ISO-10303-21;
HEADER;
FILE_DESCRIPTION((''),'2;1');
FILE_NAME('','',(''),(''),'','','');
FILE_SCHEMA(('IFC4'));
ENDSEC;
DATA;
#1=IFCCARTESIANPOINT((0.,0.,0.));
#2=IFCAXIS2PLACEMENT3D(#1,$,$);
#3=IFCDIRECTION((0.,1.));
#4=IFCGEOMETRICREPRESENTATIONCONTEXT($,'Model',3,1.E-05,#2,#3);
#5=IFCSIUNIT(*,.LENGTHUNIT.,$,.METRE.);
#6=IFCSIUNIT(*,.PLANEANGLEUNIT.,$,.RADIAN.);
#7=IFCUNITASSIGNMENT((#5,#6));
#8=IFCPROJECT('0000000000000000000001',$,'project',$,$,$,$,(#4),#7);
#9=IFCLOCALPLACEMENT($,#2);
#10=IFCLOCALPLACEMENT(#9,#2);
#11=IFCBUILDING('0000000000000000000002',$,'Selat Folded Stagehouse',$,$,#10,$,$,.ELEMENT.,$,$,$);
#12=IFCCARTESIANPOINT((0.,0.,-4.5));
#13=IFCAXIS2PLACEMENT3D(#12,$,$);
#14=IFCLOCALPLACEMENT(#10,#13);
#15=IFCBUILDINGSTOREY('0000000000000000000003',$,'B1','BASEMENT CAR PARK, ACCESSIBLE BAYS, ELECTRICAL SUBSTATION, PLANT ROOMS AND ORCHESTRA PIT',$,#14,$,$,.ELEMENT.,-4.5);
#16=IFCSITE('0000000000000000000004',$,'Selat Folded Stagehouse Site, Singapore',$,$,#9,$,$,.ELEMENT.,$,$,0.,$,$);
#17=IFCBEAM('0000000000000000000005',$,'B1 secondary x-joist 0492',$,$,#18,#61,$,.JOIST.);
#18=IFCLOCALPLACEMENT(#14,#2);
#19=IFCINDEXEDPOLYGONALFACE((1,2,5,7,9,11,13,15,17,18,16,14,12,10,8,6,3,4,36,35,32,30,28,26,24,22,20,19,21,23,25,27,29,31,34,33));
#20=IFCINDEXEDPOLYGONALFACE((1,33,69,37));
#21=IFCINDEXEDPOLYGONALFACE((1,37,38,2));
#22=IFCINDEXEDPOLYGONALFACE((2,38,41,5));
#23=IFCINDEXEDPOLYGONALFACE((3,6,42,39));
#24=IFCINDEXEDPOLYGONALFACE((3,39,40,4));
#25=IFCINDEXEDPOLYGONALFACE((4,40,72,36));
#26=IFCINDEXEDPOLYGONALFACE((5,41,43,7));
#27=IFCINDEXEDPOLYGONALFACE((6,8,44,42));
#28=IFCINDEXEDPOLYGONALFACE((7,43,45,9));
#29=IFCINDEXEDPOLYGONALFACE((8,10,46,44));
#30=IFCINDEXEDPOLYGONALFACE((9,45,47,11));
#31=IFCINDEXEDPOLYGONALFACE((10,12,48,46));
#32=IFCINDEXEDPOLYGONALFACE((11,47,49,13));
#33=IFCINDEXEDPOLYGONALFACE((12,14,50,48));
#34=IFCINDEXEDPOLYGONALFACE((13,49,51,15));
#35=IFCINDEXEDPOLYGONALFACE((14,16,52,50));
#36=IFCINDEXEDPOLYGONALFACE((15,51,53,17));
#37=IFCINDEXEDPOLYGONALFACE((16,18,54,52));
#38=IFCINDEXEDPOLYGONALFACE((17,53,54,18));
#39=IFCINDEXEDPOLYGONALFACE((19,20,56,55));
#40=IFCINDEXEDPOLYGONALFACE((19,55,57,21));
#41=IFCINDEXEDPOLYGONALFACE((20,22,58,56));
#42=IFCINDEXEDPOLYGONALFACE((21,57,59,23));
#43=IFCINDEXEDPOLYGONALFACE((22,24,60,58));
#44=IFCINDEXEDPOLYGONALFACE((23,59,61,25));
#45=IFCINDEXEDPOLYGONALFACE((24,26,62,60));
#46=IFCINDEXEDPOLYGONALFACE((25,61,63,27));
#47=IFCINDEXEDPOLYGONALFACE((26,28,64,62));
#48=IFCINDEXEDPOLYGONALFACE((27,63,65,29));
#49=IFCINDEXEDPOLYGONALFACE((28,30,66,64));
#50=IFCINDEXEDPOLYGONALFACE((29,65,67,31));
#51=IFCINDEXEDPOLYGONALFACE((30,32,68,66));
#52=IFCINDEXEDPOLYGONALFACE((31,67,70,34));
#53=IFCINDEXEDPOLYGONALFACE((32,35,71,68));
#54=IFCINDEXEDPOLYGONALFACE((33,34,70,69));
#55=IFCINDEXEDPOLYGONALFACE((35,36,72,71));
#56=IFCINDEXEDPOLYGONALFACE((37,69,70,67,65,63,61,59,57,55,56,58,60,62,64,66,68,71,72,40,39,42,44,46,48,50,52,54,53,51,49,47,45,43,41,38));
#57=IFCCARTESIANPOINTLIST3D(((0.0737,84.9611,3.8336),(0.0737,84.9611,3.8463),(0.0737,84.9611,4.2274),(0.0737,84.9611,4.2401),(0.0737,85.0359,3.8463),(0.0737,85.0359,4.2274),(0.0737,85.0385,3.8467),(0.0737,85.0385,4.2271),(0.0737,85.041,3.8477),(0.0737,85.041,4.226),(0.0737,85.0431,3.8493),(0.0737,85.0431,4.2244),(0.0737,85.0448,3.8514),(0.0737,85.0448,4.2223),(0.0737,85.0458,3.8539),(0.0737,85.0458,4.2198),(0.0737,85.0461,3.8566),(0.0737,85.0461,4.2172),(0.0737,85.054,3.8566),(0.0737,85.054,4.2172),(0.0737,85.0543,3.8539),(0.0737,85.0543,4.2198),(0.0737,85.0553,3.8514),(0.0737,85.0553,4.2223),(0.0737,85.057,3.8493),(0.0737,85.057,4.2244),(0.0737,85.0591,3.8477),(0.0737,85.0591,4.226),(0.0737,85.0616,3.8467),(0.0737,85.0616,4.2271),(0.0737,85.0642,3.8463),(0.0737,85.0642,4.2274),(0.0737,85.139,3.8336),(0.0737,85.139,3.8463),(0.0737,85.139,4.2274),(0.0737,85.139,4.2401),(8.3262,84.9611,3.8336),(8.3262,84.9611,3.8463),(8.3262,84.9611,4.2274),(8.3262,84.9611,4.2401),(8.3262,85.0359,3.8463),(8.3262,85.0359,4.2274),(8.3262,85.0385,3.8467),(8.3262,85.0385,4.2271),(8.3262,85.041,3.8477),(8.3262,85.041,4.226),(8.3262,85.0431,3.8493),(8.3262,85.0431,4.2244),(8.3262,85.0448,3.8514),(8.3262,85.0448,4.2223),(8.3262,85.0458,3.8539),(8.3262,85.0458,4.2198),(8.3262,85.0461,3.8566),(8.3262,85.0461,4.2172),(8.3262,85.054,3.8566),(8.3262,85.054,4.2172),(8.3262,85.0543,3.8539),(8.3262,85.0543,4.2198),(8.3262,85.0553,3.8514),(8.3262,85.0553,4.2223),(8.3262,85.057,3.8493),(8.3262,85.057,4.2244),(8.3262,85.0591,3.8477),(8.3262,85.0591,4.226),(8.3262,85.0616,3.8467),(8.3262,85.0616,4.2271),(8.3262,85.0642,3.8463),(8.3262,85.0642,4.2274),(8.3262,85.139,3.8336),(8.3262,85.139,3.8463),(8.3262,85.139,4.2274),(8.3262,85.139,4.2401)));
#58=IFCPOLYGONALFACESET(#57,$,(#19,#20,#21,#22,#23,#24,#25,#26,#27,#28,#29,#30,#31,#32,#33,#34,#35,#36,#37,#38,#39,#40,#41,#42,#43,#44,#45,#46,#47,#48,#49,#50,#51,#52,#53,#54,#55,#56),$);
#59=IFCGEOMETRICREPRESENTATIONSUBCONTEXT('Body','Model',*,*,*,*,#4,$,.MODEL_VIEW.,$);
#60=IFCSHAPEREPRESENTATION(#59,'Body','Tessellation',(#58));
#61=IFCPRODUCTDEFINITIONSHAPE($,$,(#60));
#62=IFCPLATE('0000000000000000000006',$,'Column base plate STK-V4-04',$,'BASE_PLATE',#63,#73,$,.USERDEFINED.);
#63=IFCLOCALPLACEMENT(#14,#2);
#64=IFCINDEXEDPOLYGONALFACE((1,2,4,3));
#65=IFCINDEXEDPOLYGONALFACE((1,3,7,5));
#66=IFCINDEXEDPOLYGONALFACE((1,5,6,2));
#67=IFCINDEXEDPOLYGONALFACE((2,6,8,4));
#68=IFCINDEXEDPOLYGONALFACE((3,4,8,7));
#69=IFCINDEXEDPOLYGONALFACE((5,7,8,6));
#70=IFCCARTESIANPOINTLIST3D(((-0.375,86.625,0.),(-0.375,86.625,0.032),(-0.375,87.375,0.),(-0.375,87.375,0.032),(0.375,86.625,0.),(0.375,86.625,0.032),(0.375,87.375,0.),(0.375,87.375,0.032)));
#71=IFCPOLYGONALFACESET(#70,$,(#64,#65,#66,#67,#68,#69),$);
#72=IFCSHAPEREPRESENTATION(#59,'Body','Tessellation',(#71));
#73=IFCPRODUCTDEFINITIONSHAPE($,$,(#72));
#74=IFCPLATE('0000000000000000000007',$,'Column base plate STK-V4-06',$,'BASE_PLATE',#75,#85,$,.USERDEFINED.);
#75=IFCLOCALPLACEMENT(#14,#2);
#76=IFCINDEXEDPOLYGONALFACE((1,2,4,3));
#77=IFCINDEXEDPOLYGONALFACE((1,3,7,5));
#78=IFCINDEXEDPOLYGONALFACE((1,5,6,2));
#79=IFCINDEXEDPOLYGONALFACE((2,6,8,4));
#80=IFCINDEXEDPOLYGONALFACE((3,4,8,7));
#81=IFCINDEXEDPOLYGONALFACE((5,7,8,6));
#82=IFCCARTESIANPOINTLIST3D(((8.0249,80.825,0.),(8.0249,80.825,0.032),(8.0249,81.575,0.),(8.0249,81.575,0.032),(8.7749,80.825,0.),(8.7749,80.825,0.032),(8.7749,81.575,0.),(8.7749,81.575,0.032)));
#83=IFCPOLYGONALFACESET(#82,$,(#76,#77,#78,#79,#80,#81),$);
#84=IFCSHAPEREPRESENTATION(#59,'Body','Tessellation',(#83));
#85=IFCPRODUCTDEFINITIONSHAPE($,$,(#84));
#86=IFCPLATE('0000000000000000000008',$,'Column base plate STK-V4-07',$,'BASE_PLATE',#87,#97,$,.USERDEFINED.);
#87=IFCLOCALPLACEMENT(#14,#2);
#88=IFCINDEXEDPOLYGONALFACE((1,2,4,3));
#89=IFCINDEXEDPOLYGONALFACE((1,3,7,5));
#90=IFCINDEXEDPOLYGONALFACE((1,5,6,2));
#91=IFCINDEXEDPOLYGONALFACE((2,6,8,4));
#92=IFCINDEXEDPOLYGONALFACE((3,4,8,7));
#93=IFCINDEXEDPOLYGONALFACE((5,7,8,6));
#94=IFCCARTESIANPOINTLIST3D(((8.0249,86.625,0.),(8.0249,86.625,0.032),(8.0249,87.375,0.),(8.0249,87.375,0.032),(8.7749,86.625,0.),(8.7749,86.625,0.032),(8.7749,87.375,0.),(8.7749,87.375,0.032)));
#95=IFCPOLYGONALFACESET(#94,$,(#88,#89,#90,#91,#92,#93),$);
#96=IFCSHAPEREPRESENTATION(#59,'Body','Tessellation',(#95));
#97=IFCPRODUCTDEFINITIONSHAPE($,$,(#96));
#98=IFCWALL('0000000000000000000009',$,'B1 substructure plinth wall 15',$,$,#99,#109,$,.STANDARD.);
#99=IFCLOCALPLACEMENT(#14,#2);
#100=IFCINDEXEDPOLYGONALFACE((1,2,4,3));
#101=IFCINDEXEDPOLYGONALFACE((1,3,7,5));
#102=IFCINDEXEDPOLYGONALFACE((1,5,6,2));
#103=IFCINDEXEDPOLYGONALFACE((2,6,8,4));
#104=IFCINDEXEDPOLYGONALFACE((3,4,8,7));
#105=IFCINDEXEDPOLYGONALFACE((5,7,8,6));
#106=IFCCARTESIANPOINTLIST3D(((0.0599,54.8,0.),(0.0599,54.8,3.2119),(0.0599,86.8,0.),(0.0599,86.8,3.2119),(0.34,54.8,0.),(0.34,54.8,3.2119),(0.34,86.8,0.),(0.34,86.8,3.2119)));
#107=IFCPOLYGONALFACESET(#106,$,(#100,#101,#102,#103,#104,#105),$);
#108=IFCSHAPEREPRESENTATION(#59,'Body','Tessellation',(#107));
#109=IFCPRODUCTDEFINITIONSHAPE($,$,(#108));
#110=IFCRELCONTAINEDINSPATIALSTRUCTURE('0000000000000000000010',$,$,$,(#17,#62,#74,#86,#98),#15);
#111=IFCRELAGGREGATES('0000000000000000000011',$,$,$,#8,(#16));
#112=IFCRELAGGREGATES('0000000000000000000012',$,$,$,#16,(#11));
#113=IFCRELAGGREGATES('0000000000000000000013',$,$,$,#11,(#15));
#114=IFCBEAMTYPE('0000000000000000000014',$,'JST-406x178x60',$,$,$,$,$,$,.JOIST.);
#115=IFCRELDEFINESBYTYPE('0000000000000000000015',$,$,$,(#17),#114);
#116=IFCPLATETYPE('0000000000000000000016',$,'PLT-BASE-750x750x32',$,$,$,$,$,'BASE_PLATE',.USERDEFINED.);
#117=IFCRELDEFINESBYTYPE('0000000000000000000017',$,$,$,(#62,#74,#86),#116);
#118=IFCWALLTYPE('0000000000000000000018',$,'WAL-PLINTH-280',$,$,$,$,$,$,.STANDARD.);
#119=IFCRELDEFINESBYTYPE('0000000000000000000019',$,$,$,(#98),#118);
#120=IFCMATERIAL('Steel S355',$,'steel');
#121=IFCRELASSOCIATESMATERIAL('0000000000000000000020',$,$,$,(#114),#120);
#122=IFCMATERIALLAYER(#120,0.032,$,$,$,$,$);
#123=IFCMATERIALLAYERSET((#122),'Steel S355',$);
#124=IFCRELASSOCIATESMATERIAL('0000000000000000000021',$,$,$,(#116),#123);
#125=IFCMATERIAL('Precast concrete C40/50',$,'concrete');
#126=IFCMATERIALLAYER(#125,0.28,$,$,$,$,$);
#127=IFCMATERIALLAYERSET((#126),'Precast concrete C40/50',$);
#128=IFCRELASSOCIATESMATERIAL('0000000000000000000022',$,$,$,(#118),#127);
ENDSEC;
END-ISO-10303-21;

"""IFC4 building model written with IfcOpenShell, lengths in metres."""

from ifc_helpers import new_model, si_unit, direction, frame, frame_2d, origin, origin_2d, place, context, subcontext, project, spatial, rectangle, i_section, extrude, material, layer, layer_set, material_profile, profile_set, type_object, element, save


model = new_model("IFC4")

# Units and contexts
model_context = context("Model", 3, precision=1e-05, world=origin(), true_north=direction((0.0, 1.0)))
body_context = subcontext(model_context, "Body", "Model", "MODEL_VIEW")
ifc_project = project(units=[si_unit("LENGTHUNIT", "METRE"), si_unit("PLANEANGLEUNIT", "RADIAN")], contexts=[model_context])

# Site, building, storey
site_placement = place(None, origin())
site = spatial("IfcSite", under=ifc_project, at=site_placement, Name="Selat Folded Stagehouse Site, Singapore", CompositionType="ELEMENT", RefElevation=0.0)
building_placement = place(site_placement, origin())
building = spatial("IfcBuilding", under=site, at=building_placement, Name="Selat Folded Stagehouse", CompositionType="ELEMENT")
storey_placement = place(building_placement, frame((0.0, 0.0, -4.5)))
storey = spatial("IfcBuildingStorey", under=building, at=storey_placement, Name="B1", Description="BASEMENT CAR PARK, ACCESSIBLE BAYS, ELECTRICAL SUBSTATION, PLANT ROOMS AND ORCHESTRA PIT", CompositionType="ELEMENT", Elevation=-4.5)

# Shared definitions
ifc_material_1 = material(Name="Steel S355", Category="steel")

# Beam
ifc_material_profile_1 = material_profile(ifc_material_1, i_section(OverallWidth=0.178, OverallDepth=0.4065, WebThickness=0.0078, FlangeThickness=0.0127, FilletRadius=0.0103, at=origin_2d()), Name="UKB 406x178x60")
ifc_profile_set_1 = profile_set([ifc_material_profile_1], Name="Steel S355")
beam_type_1 = type_object("IfcBeamType", Name="JST-406x178x60", PredefinedType="JOIST", material=ifc_profile_set_1)
for number, where, z_axis, x_axis, name in (
    (1, (0.0737, 85.05, 4.0369), (1.0, 0.0, 0.0), (0.0, 1.0, 0.0), "B1 secondary x-joist 0492"),
):
    element("IfcBeam", number, at=place(storey_placement, frame(where, z_axis=z_axis, x_axis=x_axis)), inside=storey, type_object=beam_type_1, Name=name, PredefinedType="JOIST", context=body_context, shape_type="SweptSolid", body=[
        extrude(i_section(OverallWidth=0.178, OverallDepth=0.4065, WebThickness=0.0078, FlangeThickness=0.0127, FilletRadius=0.0103, at=origin_2d()), origin(), (0.0, 0.0, 1.0), 8.2524),
    ])

# Plates
ifc_layer_1 = layer(ifc_material_1, 0.032)
ifc_layer_set_1 = layer_set([ifc_layer_1], Name="Steel S355")
plate_type = type_object("IfcPlateType", Name="PLT-BASE-750x750x32", ElementType="BASE_PLATE", PredefinedType="USERDEFINED", material=ifc_layer_set_1)
for number, where, z_axis, x_axis, name in (
    (2, (0.0, 87.0, 0.0), (0.0, 0.0, 1.0), (1.0, 0.0, 0.0), "Column base plate STK-V4-04"),
    (3, (8.3999, 81.2, 0.0), (0.0, 0.0, 1.0), (1.0, 0.0, 0.0), "Column base plate STK-V4-06"),
    (4, (8.3999, 87.0, 0.0), (0.0, 0.0, 1.0), (1.0, 0.0, 0.0), "Column base plate STK-V4-07"),
):
    element("IfcPlate", number, at=place(storey_placement, frame(where, z_axis=z_axis, x_axis=x_axis)), inside=storey, type_object=plate_type, Name=name, ObjectType="BASE_PLATE", PredefinedType="USERDEFINED", context=body_context, shape_type="SweptSolid", body=[
        extrude(rectangle(XDim=0.75, YDim=0.75, at=origin_2d()), origin(), (0.0, 0.0, 1.0), 0.032),
    ])

# Wall
ifc_material_2 = material(Name="Precast concrete C40/50", Category="concrete")
ifc_layer_2 = layer(ifc_material_2, 0.28)
ifc_layer_set_2 = layer_set([ifc_layer_2], Name="Precast concrete C40/50")
wall_type = type_object("IfcWallType", Name="WAL-PLINTH-280", PredefinedType="STANDARD", material=ifc_layer_set_2)
wall_placement = place(storey_placement, frame((0.2, 86.8, 0.0), z_axis=(0.0, 0.0, 1.0), x_axis=(0.0, -1.0, 0.0)))
element("IfcWall", 5, at=wall_placement, inside=storey, type_object=wall_type, Name="B1 substructure plinth wall 15", PredefinedType="STANDARD", context=body_context, shape_type="SweptSolid", body=[
    extrude(rectangle(XDim=32.0, YDim=0.28, at=frame_2d((16.0, 0.0))), origin(), (0.0, 0.0, 1.0), 3.2119),
])

save(model, "model.ifc")
